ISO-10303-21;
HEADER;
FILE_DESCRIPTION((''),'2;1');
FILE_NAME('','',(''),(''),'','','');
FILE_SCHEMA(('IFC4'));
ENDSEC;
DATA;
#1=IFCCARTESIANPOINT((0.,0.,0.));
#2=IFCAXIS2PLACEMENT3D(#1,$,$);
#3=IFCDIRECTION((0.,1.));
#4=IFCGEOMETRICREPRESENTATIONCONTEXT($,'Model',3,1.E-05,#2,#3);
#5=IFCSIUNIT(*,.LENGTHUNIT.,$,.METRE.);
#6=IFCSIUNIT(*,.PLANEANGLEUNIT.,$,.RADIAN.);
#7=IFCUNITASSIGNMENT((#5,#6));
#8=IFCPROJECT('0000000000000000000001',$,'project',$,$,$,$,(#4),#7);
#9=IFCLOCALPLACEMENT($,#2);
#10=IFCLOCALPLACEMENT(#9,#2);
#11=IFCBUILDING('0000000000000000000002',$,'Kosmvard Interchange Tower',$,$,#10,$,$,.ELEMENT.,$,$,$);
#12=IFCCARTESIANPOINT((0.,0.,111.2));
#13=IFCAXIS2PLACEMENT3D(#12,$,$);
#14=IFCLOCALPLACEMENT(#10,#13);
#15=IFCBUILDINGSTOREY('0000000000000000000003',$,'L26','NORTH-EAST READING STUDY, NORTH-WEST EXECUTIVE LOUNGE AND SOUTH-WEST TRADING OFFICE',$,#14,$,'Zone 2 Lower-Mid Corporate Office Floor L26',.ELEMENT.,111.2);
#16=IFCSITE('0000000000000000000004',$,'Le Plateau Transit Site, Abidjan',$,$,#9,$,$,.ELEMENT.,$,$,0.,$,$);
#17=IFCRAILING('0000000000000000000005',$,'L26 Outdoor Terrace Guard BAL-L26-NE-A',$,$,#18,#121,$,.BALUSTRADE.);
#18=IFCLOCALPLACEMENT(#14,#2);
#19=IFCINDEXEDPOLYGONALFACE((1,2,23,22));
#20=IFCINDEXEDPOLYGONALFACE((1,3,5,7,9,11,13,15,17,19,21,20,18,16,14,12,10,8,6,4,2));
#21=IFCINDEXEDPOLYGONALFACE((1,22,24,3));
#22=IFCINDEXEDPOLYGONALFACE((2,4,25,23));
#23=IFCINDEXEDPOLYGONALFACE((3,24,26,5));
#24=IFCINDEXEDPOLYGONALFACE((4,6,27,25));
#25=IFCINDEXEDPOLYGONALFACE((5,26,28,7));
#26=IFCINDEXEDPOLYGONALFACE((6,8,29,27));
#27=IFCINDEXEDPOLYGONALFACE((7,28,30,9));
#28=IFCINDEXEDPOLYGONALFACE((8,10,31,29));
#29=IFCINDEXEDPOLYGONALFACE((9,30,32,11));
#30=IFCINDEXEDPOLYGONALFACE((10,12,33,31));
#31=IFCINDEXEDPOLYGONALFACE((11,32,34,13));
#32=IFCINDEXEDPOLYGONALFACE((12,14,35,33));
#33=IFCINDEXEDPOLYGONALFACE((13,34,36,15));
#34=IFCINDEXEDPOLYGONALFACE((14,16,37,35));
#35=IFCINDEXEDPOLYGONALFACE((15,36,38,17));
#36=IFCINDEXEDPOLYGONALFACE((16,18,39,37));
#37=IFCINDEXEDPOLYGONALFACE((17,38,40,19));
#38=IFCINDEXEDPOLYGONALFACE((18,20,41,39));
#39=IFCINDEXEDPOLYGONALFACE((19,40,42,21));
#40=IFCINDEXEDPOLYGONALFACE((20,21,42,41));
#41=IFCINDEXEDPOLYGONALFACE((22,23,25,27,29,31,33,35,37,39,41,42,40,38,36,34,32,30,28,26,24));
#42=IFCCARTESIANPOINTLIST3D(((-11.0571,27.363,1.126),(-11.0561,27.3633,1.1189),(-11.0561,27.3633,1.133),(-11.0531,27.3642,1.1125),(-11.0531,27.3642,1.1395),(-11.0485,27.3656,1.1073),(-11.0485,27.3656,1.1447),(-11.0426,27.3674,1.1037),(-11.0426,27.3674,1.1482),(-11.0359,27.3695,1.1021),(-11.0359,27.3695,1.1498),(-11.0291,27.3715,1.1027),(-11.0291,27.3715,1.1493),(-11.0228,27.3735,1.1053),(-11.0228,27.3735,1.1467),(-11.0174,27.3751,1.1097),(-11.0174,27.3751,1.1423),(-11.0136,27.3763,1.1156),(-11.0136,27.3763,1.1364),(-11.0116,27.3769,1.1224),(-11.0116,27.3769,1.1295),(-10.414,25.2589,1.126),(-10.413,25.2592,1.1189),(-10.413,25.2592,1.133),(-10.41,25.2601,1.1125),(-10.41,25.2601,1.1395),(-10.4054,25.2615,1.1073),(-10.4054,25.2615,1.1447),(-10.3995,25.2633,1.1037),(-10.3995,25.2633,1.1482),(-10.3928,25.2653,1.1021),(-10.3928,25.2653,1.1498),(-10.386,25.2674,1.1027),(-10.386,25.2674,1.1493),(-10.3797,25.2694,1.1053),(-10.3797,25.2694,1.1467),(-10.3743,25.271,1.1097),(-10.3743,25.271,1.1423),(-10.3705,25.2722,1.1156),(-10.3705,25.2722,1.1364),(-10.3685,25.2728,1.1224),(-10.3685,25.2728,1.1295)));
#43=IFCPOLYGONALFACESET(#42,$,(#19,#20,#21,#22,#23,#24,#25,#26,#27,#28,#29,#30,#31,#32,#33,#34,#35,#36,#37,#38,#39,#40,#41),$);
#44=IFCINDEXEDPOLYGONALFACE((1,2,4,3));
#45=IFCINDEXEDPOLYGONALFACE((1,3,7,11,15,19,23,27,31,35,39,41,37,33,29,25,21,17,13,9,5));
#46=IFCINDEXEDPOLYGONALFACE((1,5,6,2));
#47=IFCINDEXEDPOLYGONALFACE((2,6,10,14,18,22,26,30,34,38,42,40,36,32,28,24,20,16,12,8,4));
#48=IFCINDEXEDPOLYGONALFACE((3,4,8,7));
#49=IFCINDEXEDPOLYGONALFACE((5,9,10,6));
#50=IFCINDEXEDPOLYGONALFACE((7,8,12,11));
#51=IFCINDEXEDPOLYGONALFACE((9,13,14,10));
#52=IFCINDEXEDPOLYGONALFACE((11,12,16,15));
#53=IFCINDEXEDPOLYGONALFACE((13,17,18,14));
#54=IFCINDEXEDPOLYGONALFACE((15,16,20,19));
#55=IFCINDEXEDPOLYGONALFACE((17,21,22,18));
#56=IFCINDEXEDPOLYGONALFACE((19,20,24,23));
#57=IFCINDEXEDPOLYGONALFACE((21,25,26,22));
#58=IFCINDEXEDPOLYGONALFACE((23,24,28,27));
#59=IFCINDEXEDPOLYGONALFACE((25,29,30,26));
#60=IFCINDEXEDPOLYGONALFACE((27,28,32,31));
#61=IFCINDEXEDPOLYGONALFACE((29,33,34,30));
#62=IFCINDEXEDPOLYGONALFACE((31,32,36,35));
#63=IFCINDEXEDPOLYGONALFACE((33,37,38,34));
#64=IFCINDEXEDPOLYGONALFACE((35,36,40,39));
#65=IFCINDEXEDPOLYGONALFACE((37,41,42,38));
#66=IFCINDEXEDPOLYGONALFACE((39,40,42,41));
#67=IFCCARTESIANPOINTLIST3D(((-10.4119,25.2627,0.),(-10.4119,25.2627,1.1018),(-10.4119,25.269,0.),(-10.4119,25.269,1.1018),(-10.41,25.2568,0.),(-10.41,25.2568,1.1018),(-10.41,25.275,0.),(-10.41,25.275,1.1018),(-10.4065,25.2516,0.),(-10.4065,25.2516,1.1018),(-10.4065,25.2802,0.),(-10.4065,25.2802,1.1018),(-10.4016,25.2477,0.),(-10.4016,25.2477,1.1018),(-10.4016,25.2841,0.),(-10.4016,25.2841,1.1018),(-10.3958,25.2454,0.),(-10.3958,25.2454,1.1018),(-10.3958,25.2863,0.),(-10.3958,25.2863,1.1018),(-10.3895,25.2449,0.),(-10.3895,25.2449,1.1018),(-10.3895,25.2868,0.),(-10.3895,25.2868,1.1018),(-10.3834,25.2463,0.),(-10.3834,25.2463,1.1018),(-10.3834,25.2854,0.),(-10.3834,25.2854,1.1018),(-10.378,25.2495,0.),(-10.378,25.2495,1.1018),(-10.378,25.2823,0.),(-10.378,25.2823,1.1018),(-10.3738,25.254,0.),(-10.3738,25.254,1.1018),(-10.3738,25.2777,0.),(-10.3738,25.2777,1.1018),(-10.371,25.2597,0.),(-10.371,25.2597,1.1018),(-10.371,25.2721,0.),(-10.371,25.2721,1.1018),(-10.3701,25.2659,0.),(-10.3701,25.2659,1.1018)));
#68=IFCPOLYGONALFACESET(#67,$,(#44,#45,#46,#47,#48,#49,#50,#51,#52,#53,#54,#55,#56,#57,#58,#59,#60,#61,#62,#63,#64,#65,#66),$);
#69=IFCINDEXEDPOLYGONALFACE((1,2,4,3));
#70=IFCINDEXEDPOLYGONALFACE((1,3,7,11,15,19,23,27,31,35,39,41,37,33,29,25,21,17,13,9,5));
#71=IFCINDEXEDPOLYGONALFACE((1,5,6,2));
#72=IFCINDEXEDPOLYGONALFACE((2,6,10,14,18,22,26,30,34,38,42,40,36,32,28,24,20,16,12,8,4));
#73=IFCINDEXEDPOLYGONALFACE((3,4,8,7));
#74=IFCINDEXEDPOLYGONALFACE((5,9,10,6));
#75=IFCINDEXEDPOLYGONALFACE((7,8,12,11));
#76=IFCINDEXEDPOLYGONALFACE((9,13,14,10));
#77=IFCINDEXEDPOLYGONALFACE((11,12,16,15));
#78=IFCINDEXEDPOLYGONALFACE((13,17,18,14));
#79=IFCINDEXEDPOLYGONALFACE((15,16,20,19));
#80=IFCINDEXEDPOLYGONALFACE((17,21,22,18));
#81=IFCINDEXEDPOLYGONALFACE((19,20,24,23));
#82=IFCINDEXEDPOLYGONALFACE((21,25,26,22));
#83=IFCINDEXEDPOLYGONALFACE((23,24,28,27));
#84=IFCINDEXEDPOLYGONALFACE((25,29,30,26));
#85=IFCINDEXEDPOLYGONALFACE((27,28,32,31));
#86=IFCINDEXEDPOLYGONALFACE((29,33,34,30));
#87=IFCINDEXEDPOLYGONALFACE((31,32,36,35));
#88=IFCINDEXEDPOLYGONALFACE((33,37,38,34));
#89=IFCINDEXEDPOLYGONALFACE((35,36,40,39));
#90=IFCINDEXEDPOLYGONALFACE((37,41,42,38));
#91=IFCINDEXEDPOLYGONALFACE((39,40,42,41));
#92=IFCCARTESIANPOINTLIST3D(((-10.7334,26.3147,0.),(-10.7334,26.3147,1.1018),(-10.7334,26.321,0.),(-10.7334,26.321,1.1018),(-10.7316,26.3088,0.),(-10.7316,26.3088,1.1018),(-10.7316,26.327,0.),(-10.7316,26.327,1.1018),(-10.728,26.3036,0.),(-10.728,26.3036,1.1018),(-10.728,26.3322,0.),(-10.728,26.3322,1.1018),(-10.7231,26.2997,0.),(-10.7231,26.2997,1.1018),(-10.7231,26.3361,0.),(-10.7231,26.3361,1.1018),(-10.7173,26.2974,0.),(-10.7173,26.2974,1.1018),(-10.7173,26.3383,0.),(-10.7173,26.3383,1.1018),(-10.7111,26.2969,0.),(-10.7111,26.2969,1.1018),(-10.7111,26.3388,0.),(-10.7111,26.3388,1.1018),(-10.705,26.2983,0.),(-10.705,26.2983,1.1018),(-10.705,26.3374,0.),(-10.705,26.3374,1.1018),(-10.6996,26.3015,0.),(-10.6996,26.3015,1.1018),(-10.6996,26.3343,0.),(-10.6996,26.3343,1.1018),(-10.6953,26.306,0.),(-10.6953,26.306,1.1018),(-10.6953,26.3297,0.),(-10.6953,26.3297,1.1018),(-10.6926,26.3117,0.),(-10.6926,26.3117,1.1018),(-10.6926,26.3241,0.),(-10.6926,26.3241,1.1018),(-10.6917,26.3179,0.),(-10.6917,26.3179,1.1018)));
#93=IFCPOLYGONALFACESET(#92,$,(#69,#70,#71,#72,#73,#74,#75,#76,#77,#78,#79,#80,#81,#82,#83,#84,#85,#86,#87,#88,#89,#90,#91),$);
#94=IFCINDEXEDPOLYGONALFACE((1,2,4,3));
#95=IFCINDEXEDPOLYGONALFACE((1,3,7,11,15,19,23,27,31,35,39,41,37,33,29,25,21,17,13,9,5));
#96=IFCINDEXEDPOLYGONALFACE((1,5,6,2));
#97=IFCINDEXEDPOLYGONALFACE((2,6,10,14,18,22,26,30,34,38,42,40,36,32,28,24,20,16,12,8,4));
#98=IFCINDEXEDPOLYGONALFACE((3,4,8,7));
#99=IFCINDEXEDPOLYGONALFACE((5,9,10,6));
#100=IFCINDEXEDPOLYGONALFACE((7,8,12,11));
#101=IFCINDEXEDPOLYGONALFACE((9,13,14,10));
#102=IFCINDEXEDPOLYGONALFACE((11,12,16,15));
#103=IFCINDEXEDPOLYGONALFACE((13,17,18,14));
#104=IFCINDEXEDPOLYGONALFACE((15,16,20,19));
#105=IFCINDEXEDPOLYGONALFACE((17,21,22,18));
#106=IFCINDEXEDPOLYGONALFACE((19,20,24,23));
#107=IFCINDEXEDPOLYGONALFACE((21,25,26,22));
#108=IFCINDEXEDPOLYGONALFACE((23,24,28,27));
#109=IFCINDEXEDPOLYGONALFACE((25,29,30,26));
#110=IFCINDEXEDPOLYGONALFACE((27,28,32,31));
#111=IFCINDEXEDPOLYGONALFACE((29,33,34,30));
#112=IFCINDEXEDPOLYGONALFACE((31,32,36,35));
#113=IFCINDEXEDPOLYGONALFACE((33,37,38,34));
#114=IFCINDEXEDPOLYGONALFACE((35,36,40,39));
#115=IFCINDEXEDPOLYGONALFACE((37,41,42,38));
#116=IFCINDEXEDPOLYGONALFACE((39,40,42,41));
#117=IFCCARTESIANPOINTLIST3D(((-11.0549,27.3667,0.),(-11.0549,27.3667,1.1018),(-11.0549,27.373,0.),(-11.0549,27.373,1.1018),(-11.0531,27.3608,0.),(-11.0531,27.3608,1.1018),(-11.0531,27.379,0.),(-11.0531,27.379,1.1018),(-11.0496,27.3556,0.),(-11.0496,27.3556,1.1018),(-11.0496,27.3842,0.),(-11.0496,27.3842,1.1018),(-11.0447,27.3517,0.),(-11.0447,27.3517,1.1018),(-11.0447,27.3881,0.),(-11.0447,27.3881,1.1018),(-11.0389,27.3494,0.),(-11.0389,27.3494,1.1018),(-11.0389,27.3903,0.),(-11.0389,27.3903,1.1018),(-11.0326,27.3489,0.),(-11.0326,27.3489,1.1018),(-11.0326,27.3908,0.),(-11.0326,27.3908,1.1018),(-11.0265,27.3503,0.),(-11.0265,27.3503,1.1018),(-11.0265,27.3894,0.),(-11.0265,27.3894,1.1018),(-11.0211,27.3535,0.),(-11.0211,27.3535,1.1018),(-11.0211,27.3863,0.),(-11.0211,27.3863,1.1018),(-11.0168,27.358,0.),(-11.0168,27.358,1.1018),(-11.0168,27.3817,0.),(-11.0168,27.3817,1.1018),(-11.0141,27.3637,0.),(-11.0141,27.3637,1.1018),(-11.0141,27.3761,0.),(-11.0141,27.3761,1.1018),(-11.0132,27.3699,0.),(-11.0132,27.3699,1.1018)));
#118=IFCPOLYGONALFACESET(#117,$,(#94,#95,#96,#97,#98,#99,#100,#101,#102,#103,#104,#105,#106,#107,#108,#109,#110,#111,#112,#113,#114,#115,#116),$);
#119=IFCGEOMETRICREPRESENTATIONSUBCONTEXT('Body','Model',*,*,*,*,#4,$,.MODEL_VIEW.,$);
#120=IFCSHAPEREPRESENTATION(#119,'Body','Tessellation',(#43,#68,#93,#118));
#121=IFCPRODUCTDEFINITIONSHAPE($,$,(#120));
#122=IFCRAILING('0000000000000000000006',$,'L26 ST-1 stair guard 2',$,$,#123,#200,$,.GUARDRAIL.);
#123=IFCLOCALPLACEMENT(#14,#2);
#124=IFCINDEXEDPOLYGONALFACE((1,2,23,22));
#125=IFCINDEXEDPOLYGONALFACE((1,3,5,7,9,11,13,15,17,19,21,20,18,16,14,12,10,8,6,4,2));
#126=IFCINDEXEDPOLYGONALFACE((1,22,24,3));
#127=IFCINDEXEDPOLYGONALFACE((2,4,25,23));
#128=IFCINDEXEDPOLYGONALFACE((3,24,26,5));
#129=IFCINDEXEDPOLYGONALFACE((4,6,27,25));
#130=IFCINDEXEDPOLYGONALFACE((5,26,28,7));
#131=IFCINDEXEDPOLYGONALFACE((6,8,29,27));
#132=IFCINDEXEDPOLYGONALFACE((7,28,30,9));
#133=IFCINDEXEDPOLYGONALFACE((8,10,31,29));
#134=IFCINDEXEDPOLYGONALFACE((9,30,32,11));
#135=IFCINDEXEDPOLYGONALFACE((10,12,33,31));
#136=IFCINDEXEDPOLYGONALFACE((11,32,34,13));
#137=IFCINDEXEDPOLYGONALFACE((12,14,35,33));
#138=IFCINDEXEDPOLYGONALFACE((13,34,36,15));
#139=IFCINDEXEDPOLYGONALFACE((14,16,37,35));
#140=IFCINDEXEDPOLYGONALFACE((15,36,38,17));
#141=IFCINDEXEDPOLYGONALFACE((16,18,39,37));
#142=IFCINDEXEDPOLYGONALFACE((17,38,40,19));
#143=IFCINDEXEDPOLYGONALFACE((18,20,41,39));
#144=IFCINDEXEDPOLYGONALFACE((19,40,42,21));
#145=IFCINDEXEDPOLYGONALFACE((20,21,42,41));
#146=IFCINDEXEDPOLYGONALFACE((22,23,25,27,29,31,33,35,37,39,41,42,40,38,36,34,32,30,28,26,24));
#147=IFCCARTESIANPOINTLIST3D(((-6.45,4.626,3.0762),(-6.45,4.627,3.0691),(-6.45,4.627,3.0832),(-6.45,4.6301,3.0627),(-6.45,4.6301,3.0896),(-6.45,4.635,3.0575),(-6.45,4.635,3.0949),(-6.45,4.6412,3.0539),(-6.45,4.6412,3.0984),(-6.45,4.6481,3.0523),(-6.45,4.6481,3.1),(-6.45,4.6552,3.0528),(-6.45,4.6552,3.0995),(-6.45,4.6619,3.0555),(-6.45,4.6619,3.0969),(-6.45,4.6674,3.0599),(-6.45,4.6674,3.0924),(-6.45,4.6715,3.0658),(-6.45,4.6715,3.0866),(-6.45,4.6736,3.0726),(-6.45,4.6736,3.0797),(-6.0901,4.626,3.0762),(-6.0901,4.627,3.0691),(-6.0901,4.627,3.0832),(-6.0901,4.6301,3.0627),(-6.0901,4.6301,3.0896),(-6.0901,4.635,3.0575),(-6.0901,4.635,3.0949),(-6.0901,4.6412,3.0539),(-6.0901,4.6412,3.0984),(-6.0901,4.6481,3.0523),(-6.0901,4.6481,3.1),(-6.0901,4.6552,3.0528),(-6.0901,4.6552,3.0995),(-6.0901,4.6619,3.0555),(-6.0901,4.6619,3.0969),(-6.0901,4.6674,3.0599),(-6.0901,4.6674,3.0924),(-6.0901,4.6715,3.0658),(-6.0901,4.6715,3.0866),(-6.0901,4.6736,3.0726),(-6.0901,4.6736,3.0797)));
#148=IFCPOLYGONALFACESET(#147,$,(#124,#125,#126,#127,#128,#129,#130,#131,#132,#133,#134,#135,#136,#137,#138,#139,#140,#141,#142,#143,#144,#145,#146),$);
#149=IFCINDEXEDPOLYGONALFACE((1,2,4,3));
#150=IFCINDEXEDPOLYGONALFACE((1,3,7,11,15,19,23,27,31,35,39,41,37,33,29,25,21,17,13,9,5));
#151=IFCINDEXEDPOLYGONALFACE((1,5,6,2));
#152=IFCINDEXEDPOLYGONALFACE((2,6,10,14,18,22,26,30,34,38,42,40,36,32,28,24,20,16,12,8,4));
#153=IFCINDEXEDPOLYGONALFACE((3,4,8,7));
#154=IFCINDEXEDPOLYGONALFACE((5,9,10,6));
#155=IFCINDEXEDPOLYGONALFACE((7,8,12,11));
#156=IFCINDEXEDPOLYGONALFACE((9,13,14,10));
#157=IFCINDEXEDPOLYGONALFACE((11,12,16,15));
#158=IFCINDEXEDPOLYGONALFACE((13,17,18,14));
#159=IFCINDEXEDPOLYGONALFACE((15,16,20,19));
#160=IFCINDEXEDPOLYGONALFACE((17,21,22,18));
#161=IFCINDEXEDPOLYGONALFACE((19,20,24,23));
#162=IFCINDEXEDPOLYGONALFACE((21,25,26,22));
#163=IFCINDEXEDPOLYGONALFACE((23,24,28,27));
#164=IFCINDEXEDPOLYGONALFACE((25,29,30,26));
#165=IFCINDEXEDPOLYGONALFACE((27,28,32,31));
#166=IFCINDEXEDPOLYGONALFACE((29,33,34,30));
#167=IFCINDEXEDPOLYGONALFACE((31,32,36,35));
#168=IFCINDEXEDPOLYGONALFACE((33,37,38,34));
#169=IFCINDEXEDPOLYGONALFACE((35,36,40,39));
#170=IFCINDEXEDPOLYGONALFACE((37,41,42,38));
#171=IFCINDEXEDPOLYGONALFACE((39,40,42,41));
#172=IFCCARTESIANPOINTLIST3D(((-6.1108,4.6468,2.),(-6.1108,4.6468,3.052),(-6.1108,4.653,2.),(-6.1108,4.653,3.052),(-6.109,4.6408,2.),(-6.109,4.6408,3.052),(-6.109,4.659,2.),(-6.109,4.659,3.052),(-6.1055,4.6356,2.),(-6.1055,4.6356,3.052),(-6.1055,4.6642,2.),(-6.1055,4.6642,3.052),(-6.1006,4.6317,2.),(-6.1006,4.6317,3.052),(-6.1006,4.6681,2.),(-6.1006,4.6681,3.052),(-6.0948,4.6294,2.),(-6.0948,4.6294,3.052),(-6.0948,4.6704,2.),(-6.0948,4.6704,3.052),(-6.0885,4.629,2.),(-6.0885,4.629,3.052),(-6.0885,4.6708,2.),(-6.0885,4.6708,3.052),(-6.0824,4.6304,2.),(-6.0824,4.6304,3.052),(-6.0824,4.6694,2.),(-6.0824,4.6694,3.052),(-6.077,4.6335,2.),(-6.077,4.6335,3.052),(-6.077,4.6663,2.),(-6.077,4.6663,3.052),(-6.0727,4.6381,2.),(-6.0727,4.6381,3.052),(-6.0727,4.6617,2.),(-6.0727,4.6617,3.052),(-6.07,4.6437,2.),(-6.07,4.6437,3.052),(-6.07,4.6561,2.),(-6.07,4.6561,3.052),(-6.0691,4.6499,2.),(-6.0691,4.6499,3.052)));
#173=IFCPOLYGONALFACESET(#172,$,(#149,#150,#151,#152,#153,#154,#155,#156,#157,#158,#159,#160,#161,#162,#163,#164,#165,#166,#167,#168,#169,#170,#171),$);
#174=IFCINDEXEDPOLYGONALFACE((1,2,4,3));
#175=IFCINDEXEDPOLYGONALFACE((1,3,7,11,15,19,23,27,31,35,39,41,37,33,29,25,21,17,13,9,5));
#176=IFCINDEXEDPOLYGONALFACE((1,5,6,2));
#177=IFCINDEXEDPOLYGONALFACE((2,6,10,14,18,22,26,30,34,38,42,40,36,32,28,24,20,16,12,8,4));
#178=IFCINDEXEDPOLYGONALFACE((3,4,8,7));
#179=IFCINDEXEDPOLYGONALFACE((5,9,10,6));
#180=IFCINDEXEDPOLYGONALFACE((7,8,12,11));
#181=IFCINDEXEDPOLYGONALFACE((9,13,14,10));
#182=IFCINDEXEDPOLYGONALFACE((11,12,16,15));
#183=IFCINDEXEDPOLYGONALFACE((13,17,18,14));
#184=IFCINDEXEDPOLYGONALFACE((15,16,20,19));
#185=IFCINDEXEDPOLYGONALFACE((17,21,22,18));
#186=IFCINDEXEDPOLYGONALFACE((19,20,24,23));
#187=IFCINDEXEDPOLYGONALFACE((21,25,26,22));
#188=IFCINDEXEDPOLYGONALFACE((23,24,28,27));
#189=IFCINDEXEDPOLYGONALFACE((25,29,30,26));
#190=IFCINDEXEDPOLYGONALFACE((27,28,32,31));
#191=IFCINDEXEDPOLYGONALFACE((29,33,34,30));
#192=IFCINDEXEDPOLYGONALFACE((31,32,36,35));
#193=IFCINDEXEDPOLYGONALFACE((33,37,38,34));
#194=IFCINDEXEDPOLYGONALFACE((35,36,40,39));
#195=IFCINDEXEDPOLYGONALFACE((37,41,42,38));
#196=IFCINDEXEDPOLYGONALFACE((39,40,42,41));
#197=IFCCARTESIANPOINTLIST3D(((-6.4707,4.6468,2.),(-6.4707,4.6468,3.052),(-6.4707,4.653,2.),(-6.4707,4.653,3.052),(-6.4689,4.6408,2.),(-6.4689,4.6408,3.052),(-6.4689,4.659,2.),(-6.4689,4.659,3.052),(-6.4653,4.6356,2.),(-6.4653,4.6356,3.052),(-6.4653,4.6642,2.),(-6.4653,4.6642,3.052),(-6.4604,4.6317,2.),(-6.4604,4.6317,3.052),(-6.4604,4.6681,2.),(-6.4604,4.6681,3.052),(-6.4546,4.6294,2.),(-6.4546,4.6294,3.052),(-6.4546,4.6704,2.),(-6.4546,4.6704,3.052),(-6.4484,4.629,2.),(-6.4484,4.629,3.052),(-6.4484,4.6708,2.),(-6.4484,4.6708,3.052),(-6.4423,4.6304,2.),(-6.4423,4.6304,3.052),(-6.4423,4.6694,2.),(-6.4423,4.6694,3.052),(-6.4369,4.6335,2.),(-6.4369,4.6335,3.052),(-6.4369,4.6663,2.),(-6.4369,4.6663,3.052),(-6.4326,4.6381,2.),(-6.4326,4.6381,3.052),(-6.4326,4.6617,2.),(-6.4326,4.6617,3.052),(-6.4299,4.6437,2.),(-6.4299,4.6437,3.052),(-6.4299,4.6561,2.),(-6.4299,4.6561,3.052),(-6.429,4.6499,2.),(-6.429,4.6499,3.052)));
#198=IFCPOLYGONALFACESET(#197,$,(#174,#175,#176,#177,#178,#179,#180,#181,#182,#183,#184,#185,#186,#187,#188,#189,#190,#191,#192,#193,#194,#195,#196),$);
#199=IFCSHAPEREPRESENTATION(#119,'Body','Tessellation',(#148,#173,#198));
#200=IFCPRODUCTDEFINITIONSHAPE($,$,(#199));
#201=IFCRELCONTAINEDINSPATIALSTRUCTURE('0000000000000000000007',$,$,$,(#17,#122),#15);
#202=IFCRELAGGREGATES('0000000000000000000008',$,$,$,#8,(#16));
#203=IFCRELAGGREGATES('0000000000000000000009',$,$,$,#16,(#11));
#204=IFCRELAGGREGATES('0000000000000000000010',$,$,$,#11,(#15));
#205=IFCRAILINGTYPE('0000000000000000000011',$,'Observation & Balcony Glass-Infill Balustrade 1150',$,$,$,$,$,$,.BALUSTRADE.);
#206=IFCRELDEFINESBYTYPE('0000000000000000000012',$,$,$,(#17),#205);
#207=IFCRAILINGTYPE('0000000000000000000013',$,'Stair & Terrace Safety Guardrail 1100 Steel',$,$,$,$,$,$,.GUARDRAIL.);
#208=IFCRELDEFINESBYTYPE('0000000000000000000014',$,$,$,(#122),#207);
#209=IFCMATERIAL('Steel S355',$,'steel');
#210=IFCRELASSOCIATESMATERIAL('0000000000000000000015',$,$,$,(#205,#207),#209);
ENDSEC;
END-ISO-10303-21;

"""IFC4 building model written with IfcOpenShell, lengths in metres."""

from ifc_helpers import new_model, si_unit, direction, frame, origin, origin_2d, place, context, subcontext, project, spatial, circle, extrude, source, transform, mapped, material, type_object, element, save


model = new_model("IFC4")

# Units and contexts
model_context = context("Model", 3, precision=1e-05, world=origin(), true_north=direction((0.0, 1.0)))
body_context = subcontext(model_context, "Body", "Model", "MODEL_VIEW")
ifc_project = project(units=[si_unit("LENGTHUNIT", "METRE"), si_unit("PLANEANGLEUNIT", "RADIAN")], contexts=[model_context])

# Site, building, storey
site_placement = place(None, origin())
site = spatial("IfcSite", under=ifc_project, at=site_placement, Name="Le Plateau Transit Site, Abidjan", CompositionType="ELEMENT", RefElevation=0.0)
building_placement = place(site_placement, origin())
building = spatial("IfcBuilding", under=site, at=building_placement, Name="Kosmvard Interchange Tower", CompositionType="ELEMENT")
storey_placement = place(building_placement, frame((0.0, 0.0, 111.2)))
storey = spatial("IfcBuildingStorey", under=building, at=storey_placement, Name="L26", Description="NORTH-EAST READING STUDY, NORTH-WEST EXECUTIVE LOUNGE AND SOUTH-WEST TRADING OFFICE", LongName="Zone 2 Lower-Mid Corporate Office Floor L26", CompositionType="ELEMENT", Elevation=111.2)

# Shared definitions
ifc_material_1 = material(Name="Steel S355", Category="steel")

# Railings
railing_type_1 = type_object("IfcRailingType", Name="Observation & Balcony Glass-Infill Balustrade 1150", PredefinedType="BALUSTRADE", material=ifc_material_1)
shared_shape_1 = source(origin(), body_context, "Body", "SweptSolid", [
    extrude(circle(Radius=0.0239, at=origin_2d()), frame((0.0, 0.0, 1.126), z_axis=(-0.292292, 0.956329, 0.0), x_axis=(-0.956329, -0.292292, 0.0)), (0.0, 0.0, 1.0), 2.2002),
    extrude(circle(Radius=0.021, at=origin_2d()), origin(), (0.0, 0.0, 1.0), 1.1018),
    extrude(circle(Radius=0.021, at=origin_2d()), frame((-0.3215, 1.052, 0.0)), (0.0, 0.0, 1.0), 1.1018),
    extrude(circle(Radius=0.021, at=origin_2d()), frame((-0.6431, 2.104, 0.0)), (0.0, 0.0, 1.0), 1.1018),
])
railing_1_placement = place(storey_placement, frame((-10.3911, 25.2659, 0.0)))
element("IfcRailing", 1, at=railing_1_placement, inside=storey, type_object=railing_type_1, Name="L26 Outdoor Terrace Guard BAL-L26-NE-A", PredefinedType="BALUSTRADE", context=body_context, shape_type="MappedRepresentation", body=[
    mapped(shared_shape_1, transform((0.0, 0.0, 0.0), scale=1.0)),
])
railing_type_2 = type_object("IfcRailingType", Name="Stair & Terrace Safety Guardrail 1100 Steel", PredefinedType="GUARDRAIL", material=ifc_material_1)
shared_shape_2 = source(origin(), body_context, "Body", "SweptSolid", [
    extrude(circle(Radius=0.0239, at=origin_2d()), frame((0.0, 0.0, 1.0762), z_axis=(-1.0, 0.0, 0.0), x_axis=(0.0, -1.0, 0.0)), (0.0, 0.0, 1.0), 0.3599),
    extrude(circle(Radius=0.021, at=origin_2d()), origin(), (0.0, 0.0, 1.0), 1.052),
    extrude(circle(Radius=0.021, at=origin_2d()), frame((-0.3599, 0.0, 0.0)), (0.0, 0.0, 1.0), 1.052),
])
railing_2_placement = place(storey_placement, frame((-6.0901, 4.6499, 2.0)))
element("IfcRailing", 2, at=railing_2_placement, inside=storey, type_object=railing_type_2, Name="L26 ST-1 stair guard 2", PredefinedType="GUARDRAIL", context=body_context, shape_type="MappedRepresentation", body=[
    mapped(shared_shape_2, transform((0.0, 0.0, 0.0), scale=1.0)),
])

save(model, "model.ifc")
